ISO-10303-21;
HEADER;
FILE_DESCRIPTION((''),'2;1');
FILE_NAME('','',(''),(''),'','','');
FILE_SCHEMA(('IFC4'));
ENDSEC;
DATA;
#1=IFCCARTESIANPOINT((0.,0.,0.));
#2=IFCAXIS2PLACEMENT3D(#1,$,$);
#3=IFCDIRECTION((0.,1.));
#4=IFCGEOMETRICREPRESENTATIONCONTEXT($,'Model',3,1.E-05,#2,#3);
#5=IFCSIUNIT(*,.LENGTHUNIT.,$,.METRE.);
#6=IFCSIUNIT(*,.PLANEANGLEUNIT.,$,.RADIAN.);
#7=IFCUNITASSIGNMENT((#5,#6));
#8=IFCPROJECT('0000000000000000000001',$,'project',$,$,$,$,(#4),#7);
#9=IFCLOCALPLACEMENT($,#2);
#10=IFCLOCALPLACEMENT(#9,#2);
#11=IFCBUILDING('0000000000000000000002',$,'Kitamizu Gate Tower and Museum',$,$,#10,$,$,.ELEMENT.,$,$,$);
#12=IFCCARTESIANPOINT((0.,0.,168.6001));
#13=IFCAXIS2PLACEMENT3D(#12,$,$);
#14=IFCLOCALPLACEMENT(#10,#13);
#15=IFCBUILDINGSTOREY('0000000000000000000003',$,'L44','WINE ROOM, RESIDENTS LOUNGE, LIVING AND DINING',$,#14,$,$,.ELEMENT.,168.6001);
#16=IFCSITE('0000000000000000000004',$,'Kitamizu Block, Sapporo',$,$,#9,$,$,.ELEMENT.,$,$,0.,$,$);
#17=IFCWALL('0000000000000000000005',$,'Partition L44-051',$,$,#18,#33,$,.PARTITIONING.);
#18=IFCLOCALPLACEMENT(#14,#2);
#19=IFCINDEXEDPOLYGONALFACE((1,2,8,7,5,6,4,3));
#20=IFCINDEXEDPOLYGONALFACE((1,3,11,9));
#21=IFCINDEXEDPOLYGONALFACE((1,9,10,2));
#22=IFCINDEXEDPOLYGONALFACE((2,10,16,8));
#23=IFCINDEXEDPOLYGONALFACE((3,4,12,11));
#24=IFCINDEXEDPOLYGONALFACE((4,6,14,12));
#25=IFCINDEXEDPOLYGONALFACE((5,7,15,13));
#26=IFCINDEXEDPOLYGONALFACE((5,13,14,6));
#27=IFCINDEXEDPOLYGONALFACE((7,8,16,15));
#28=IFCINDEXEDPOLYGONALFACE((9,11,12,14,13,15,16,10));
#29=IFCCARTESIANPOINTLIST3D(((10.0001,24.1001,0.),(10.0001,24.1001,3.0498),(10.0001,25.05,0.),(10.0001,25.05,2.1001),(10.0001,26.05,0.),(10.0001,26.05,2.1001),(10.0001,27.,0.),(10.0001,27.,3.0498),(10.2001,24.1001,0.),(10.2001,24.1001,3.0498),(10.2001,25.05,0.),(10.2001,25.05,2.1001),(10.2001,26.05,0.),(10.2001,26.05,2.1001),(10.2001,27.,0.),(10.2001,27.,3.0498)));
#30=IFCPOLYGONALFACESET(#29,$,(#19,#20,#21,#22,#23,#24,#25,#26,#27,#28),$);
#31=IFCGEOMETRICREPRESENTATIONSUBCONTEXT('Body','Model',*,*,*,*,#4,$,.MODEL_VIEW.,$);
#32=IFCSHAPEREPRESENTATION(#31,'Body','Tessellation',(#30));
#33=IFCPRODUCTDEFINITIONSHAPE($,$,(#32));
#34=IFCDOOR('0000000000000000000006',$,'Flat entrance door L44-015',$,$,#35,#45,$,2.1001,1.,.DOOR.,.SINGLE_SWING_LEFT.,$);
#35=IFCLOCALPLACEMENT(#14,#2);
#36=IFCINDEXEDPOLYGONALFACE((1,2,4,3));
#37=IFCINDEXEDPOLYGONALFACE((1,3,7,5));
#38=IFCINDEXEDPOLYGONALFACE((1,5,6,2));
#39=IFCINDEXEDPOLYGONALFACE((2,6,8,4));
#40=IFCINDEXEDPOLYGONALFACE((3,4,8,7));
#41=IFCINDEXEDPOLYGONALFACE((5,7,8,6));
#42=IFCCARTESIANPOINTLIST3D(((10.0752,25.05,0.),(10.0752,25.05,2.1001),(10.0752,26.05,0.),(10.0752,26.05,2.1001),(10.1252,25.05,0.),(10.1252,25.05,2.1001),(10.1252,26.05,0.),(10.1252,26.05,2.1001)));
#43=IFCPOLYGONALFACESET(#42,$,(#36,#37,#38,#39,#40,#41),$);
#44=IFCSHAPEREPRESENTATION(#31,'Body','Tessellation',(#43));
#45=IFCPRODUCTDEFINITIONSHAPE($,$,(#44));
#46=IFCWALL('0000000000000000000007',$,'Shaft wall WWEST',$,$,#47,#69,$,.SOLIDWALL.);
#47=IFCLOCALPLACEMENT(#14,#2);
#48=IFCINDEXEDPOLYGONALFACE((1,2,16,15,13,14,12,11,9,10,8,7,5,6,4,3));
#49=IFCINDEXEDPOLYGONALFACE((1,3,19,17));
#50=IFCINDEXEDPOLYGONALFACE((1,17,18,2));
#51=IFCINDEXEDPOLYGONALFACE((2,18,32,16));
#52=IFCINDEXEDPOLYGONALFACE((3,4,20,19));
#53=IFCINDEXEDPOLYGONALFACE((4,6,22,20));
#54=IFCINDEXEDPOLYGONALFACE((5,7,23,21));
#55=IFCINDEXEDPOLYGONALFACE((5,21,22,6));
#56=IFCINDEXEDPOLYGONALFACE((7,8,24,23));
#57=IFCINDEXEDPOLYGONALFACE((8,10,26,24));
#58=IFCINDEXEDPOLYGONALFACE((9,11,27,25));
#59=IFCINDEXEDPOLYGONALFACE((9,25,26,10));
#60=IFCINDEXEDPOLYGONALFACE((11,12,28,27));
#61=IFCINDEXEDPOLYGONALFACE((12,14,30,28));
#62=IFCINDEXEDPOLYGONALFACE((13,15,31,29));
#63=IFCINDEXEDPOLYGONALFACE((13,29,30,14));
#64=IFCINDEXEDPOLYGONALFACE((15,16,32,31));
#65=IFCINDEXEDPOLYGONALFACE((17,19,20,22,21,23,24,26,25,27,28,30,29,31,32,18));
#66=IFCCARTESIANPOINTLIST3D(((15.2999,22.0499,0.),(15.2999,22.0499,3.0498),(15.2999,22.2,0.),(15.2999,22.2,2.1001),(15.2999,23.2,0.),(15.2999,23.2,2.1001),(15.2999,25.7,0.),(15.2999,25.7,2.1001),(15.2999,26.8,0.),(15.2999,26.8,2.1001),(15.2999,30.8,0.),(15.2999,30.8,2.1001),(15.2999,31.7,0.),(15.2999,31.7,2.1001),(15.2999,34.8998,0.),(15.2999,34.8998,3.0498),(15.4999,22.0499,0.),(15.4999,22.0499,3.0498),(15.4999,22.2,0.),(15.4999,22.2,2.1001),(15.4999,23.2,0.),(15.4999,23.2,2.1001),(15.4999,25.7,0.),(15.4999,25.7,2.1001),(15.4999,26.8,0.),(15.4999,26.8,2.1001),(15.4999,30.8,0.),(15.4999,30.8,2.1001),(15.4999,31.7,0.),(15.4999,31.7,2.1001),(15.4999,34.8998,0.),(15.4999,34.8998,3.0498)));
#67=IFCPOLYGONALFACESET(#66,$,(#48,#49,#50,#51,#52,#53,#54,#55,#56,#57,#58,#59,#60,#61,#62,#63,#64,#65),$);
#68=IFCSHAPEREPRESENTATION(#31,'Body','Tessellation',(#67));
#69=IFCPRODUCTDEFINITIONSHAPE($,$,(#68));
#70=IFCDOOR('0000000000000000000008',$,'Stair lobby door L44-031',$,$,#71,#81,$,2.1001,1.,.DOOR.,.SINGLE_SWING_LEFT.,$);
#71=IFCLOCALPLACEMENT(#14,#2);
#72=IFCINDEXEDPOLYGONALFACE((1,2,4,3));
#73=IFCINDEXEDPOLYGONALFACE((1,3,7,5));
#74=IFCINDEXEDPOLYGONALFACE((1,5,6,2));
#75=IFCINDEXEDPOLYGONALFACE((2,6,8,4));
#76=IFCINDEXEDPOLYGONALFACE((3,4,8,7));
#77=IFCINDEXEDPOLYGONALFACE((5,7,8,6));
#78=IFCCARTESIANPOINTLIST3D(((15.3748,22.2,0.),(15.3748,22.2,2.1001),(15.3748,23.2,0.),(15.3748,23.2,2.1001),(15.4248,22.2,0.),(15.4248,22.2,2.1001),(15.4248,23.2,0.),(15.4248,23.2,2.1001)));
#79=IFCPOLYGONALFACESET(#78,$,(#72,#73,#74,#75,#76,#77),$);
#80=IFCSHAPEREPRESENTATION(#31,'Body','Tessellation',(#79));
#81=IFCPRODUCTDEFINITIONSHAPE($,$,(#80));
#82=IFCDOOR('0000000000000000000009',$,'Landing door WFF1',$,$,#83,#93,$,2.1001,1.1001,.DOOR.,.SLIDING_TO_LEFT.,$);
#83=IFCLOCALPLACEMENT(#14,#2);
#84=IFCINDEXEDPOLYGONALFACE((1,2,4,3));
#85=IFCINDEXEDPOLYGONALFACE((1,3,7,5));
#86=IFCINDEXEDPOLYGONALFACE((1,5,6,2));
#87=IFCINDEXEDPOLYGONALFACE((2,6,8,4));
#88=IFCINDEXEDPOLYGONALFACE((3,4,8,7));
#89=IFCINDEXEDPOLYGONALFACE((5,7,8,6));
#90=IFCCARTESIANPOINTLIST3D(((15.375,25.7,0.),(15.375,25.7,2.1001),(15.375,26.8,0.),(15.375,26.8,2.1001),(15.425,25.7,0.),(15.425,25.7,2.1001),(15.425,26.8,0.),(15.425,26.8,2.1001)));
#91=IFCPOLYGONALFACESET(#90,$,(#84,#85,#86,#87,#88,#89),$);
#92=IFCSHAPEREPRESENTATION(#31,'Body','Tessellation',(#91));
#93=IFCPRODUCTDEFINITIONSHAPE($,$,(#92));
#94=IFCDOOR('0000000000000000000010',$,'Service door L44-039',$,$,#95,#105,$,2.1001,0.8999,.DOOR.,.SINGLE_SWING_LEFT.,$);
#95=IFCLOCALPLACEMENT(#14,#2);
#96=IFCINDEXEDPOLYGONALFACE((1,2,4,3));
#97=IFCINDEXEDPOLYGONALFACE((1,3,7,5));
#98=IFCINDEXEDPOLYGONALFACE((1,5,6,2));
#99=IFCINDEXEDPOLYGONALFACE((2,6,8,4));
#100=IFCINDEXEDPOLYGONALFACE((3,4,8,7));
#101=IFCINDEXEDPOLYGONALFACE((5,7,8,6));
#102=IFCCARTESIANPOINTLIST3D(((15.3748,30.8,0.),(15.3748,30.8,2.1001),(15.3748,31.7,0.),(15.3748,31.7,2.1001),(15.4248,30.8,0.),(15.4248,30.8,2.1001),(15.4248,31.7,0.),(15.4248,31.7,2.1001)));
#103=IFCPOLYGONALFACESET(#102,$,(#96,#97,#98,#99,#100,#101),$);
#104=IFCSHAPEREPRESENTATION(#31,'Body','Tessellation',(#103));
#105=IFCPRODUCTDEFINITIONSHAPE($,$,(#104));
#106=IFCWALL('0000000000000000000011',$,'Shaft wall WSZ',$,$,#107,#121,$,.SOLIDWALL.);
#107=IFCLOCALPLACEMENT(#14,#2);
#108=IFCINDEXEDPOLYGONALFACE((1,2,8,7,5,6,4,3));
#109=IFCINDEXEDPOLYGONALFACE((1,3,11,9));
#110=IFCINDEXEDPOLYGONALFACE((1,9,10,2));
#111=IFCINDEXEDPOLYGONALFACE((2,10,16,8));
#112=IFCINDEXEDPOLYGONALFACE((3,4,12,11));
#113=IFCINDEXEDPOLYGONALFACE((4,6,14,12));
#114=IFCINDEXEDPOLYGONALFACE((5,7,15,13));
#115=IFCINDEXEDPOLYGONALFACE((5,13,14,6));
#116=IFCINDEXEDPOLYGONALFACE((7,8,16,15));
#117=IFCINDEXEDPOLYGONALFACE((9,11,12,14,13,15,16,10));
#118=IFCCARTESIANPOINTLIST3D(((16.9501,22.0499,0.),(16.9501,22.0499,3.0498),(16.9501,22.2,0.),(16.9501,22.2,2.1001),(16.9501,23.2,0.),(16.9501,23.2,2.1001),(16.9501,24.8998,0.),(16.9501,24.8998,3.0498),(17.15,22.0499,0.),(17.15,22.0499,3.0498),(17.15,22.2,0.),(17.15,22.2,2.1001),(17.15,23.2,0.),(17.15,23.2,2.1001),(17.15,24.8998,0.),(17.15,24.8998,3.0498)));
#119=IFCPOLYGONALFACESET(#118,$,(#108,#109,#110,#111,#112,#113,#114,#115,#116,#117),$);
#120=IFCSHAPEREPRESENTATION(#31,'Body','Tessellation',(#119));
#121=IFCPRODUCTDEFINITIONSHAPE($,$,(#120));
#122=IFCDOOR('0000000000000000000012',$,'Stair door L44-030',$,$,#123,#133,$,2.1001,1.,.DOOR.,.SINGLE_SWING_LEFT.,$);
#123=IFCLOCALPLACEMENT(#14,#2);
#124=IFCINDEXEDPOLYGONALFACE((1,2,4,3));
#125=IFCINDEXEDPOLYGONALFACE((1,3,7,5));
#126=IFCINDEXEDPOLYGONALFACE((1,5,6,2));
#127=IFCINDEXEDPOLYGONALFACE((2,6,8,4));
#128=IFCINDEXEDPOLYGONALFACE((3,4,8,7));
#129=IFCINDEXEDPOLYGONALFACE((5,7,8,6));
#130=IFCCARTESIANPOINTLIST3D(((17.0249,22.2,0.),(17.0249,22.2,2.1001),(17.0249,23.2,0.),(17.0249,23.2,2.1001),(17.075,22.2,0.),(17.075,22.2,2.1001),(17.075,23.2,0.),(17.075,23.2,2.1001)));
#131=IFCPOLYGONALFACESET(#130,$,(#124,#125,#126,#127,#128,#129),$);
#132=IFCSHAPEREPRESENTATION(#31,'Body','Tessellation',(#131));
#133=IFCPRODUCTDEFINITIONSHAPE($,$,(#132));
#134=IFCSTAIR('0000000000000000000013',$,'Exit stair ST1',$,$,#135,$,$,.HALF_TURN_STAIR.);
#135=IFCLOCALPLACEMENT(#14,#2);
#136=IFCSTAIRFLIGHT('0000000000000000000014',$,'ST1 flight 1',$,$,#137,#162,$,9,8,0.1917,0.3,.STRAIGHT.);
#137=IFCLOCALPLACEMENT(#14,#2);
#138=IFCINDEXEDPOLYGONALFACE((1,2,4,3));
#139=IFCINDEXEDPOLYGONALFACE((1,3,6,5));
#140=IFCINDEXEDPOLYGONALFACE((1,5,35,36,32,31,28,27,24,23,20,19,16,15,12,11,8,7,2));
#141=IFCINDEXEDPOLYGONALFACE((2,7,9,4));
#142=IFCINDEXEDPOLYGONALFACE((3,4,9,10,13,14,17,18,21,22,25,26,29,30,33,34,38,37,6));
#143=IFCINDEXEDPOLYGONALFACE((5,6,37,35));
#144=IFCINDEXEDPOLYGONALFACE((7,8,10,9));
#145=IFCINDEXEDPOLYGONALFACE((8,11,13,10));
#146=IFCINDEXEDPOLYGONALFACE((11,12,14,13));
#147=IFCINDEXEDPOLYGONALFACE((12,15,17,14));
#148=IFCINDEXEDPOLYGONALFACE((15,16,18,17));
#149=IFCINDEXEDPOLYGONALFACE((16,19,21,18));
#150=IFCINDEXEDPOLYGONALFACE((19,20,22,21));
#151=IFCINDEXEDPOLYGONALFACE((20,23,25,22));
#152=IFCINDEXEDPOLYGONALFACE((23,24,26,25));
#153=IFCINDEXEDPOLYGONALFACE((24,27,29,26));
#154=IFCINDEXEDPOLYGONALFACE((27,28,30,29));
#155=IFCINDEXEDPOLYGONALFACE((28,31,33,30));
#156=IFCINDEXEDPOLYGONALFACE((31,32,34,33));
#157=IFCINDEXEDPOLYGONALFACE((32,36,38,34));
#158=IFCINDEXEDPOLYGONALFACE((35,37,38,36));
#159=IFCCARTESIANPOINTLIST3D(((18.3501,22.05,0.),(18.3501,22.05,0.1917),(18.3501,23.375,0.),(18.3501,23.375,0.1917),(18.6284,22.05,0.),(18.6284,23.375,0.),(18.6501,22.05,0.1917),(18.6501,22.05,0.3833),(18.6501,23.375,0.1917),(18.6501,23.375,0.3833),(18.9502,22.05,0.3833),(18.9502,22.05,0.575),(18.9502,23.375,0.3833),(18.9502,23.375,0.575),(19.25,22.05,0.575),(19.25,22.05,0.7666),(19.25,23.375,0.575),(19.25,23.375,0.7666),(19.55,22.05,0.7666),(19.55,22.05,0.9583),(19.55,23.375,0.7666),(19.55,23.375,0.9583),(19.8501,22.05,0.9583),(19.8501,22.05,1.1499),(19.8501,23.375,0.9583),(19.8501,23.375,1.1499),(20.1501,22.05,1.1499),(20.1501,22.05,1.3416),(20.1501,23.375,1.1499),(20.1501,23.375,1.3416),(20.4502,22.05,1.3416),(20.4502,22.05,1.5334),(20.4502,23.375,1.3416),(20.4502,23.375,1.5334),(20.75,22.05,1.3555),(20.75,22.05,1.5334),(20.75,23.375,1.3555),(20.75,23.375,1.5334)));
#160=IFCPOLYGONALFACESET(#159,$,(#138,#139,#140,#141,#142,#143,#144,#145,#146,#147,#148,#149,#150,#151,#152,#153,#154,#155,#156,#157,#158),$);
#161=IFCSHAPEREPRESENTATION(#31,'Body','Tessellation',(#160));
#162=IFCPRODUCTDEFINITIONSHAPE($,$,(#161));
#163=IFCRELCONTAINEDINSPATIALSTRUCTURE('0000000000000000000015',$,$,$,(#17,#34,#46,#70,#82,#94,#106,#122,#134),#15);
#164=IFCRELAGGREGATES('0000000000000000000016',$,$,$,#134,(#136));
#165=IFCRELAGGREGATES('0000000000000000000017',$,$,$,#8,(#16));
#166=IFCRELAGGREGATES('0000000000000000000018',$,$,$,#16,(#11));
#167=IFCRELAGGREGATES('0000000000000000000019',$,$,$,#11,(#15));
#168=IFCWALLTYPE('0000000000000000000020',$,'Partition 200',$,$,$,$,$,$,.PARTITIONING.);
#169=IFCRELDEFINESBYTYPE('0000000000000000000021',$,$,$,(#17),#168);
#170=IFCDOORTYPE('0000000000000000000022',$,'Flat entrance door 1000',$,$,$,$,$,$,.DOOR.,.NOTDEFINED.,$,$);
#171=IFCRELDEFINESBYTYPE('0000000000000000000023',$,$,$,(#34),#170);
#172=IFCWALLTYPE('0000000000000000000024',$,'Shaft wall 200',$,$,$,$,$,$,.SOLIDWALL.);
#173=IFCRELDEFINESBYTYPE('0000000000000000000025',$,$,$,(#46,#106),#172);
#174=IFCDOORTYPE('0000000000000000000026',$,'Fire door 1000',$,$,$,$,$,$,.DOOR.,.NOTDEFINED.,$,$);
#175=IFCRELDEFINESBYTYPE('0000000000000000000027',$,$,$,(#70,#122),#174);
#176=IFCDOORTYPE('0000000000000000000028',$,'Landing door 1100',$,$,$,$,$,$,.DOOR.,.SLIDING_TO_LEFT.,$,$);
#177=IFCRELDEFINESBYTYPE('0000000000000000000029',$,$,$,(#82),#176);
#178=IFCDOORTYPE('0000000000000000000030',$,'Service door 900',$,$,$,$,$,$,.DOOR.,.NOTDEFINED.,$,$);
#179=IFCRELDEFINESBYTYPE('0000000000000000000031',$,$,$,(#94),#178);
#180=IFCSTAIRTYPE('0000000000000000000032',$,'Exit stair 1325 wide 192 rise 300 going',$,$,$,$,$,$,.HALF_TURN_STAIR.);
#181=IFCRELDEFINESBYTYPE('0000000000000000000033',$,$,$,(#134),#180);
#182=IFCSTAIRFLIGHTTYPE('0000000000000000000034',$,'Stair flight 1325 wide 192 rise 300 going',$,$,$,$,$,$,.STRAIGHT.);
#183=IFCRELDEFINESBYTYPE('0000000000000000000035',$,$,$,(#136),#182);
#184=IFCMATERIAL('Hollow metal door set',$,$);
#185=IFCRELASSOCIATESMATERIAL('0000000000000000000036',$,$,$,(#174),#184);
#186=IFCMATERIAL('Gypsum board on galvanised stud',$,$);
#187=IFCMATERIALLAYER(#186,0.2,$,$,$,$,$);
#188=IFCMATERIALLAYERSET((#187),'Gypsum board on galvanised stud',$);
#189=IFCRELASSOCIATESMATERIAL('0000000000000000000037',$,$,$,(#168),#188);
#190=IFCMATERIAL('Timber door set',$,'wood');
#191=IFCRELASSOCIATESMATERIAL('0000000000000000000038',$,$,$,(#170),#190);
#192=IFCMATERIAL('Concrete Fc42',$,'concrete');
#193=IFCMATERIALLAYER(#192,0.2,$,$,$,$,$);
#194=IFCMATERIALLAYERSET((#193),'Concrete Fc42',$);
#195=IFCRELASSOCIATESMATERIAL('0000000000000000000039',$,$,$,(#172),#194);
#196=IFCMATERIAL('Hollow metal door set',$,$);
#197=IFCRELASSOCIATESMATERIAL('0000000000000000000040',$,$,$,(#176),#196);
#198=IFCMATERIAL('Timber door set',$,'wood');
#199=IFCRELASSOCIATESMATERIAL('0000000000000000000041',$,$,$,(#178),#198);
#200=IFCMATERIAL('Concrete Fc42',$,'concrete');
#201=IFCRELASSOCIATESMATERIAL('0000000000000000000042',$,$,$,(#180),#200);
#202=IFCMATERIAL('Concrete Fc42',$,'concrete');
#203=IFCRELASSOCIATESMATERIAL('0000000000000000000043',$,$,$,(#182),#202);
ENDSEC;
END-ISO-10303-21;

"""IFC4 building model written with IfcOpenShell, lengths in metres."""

from ifc_helpers import new_model, si_unit, direction, frame, frame_2d, origin, place, context, subcontext, project, spatial, polyline, rectangle, outline, extrude, material, layer, layer_set, type_object, element, fill, aggregate, save


model = new_model("IFC4")

# Units and contexts
model_context = context("Model", 3, precision=1e-05, world=origin(), true_north=direction((0.0, 1.0)))
body_context = subcontext(model_context, "Body", "Model", "MODEL_VIEW")
ifc_project = project(units=[si_unit("LENGTHUNIT", "METRE"), si_unit("PLANEANGLEUNIT", "RADIAN")], contexts=[model_context])

# Site, building, storey
site_placement = place(None, origin())
site = spatial("IfcSite", under=ifc_project, at=site_placement, Name="Kitamizu Block, Sapporo", CompositionType="ELEMENT", RefElevation=0.0)
building_placement = place(site_placement, origin())
building = spatial("IfcBuilding", under=site, at=building_placement, Name="Kitamizu Gate Tower and Museum", CompositionType="ELEMENT")
storey_placement = place(building_placement, frame((0.0, 0.0, 168.6001)))
storey = spatial("IfcBuildingStorey", under=building, at=storey_placement, Name="L44", Description="WINE ROOM, RESIDENTS LOUNGE, LIVING AND DINING", CompositionType="ELEMENT", Elevation=168.6001)

# Shared definitions
ifc_material_1 = material(Name="Hollow metal door set")
door_type_1 = type_object("IfcDoorType", Name="Fire door 1000", OperationType="NOTDEFINED", PredefinedType="DOOR", material=ifc_material_1)

# Shared definitions
ifc_material_2 = material(Name="Gypsum board on galvanised stud")
ifc_layer_1 = layer(ifc_material_2, 0.2)
ifc_layer_set_1 = layer_set([ifc_layer_1], Name="Gypsum board on galvanised stud")
wall_type_1 = type_object("IfcWallType", Name="Partition 200", PredefinedType="PARTITIONING", material=ifc_layer_set_1)

# Wall, opening, door
wall_1_placement = place(storey_placement, frame((10.1001, 24.1001, 0.0), z_axis=(0.0, 0.0, 1.0), x_axis=(0.0, 1.0, 0.0)))
wall_1 = element("IfcWall", 1, at=wall_1_placement, inside=storey, type_object=wall_type_1, Name="Partition L44-051", PredefinedType="PARTITIONING", context=body_context, shape_type="SweptSolid", body=[
    extrude(rectangle(XDim=2.8999, YDim=0.2, at=frame_2d((1.45, 0.0))), origin(), (0.0, 0.0, 1.0), 3.0498),
])
opening_1_placement = place(wall_1_placement, frame((0.95, 0.0, 0.0)))
opening_1 = element("IfcOpeningElement", 2, at=opening_1_placement, cuts=wall_1, PredefinedType="OPENING", context=body_context, shape_type="SweptSolid", body=[
    extrude(rectangle(XDim=1.0, YDim=2.1001, at=frame_2d((0.5, 1.05))), frame((0.0, 0.1099, 0.0), z_axis=(0.0, -1.0, 0.0), x_axis=(1.0, 0.0, 0.0)), (0.0, 0.0, 1.0), 0.22),
])
ifc_material_3 = material(Name="Timber door set", Category="wood")
door_type_2 = type_object("IfcDoorType", Name="Flat entrance door 1000", OperationType="NOTDEFINED", PredefinedType="DOOR", material=ifc_material_3)
door_1_placement = place(opening_1_placement, origin())
door_1 = element("IfcDoor", 3, at=door_1_placement, inside=storey, type_object=door_type_2, Name="Flat entrance door L44-015", OperationType="SINGLE_SWING_LEFT", OverallHeight=2.1001, OverallWidth=1.0, PredefinedType="DOOR", context=body_context, shape_type="SweptSolid", body=[
    extrude(rectangle(XDim=1.0, YDim=2.1001, at=frame_2d((0.5, 1.05))), frame((0.0, 0.0249, 0.0), z_axis=(0.0, -1.0, 0.0), x_axis=(1.0, 0.0, 0.0)), (0.0, 0.0, 1.0), 0.05),
])
fill(opening_1, door_1)

# Wall, openings, doors
ifc_material_4 = material(Name="Concrete Fc42", Category="concrete")
ifc_layer_2 = layer(ifc_material_4, 0.2)
ifc_layer_set_2 = layer_set([ifc_layer_2], Name="Concrete Fc42")
wall_type_2 = type_object("IfcWallType", Name="Shaft wall 200", PredefinedType="SOLIDWALL", material=ifc_layer_set_2)
wall_2_placement = place(storey_placement, frame((15.3999, 22.05, 0.0), z_axis=(0.0, 0.0, 1.0), x_axis=(0.0, 1.0, 0.0)))
wall_2 = element("IfcWall", 4, at=wall_2_placement, inside=storey, type_object=wall_type_2, Name="Shaft wall WWEST", PredefinedType="SOLIDWALL", context=body_context, shape_type="SweptSolid", body=[
    extrude(rectangle(XDim=12.8499, YDim=0.2, at=frame_2d((6.4248, 0.0))), origin(), (0.0, 0.0, 1.0), 3.0498),
])
opening_2_placement = place(wall_2_placement, frame((3.6499, 0.0, 0.0)))
opening_2 = element("IfcOpeningElement", 5, at=opening_2_placement, cuts=wall_2, PredefinedType="OPENING", context=body_context, shape_type="SweptSolid", body=[
    extrude(rectangle(XDim=1.1001, YDim=2.1001, at=frame_2d((0.55, 1.05))), frame((0.0, 0.1099, 0.0), z_axis=(0.0, -1.0, 0.0), x_axis=(1.0, 0.0, 0.0)), (0.0, 0.0, 1.0), 0.22),
])
opening_3_placement = place(wall_2_placement, frame((0.1499, 0.0, 0.0)))
opening_3 = element("IfcOpeningElement", 6, at=opening_3_placement, cuts=wall_2, PredefinedType="OPENING", context=body_context, shape_type="SweptSolid", body=[
    extrude(rectangle(XDim=1.0, YDim=2.1001, at=frame_2d((0.5, 1.05))), frame((0.0, 0.1099, 0.0), z_axis=(0.0, -1.0, 0.0), x_axis=(1.0, 0.0, 0.0)), (0.0, 0.0, 1.0), 0.22),
])
opening_4_placement = place(wall_2_placement, frame((8.75, 0.0, 0.0)))
opening_4 = element("IfcOpeningElement", 7, at=opening_4_placement, cuts=wall_2, PredefinedType="OPENING", context=body_context, shape_type="SweptSolid", body=[
    extrude(rectangle(XDim=0.8999, YDim=2.1001, at=frame_2d((0.45, 1.05))), frame((0.0, 0.1099, 0.0), z_axis=(0.0, -1.0, 0.0), x_axis=(1.0, 0.0, 0.0)), (0.0, 0.0, 1.0), 0.22),
])
door_2_placement = place(opening_3_placement, frame((1.0, 0.0, 0.0), x_axis=(-1.0, 0.0, 0.0)))
door_2 = element("IfcDoor", 8, at=door_2_placement, inside=storey, type_object=door_type_1, Name="Stair lobby door L44-031", OperationType="SINGLE_SWING_LEFT", OverallHeight=2.1001, OverallWidth=1.0, PredefinedType="DOOR", context=body_context, shape_type="SweptSolid", body=[
    extrude(rectangle(XDim=1.0, YDim=2.1001, at=frame_2d((0.5, 1.05))), frame((0.0, 0.0249, 0.0), z_axis=(0.0, -1.0, 0.0), x_axis=(1.0, 0.0, 0.0)), (0.0, 0.0, 1.0), 0.05),
])
fill(opening_3, door_2)
ifc_material_5 = material(Name="Hollow metal door set")
door_type_3 = type_object("IfcDoorType", Name="Landing door 1100", OperationType="SLIDING_TO_LEFT", PredefinedType="DOOR", material=ifc_material_5)
door_3_placement = place(opening_2_placement, origin())
door_3 = element("IfcDoor", 9, at=door_3_placement, inside=storey, type_object=door_type_3, Name="Landing door WFF1", OperationType="SLIDING_TO_LEFT", OverallHeight=2.1001, OverallWidth=1.1001, PredefinedType="DOOR", context=body_context, shape_type="SweptSolid", body=[
    extrude(rectangle(XDim=1.1001, YDim=2.1001, at=frame_2d((0.55, 1.05))), frame((0.0, 0.0249, 0.0), z_axis=(0.0, -1.0, 0.0), x_axis=(1.0, 0.0, 0.0)), (0.0, 0.0, 1.0), 0.05),
])
fill(opening_2, door_3)
ifc_material_6 = material(Name="Timber door set", Category="wood")
door_type_4 = type_object("IfcDoorType", Name="Service door 900", OperationType="NOTDEFINED", PredefinedType="DOOR", material=ifc_material_6)
door_4_placement = place(opening_4_placement, frame((0.8999, 0.0, 0.0), x_axis=(-1.0, 0.0, 0.0)))
door_4 = element("IfcDoor", 10, at=door_4_placement, inside=storey, type_object=door_type_4, Name="Service door L44-039", OperationType="SINGLE_SWING_LEFT", OverallHeight=2.1001, OverallWidth=0.8999, PredefinedType="DOOR", context=body_context, shape_type="SweptSolid", body=[
    extrude(rectangle(XDim=0.8999, YDim=2.1001, at=frame_2d((0.45, 1.05))), frame((0.0, 0.0249, 0.0), z_axis=(0.0, -1.0, 0.0), x_axis=(1.0, 0.0, 0.0)), (0.0, 0.0, 1.0), 0.05),
])
fill(opening_4, door_4)

# Wall, opening, door
wall_3_placement = place(storey_placement, frame((17.05, 22.05, 0.0), z_axis=(0.0, 0.0, 1.0), x_axis=(0.0, 1.0, 0.0)))
wall_3 = element("IfcWall", 11, at=wall_3_placement, inside=storey, type_object=wall_type_2, Name="Shaft wall WSZ", PredefinedType="SOLIDWALL", context=body_context, shape_type="SweptSolid", body=[
    extrude(rectangle(XDim=2.8499, YDim=0.2, at=frame_2d((1.4248, 0.0))), origin(), (0.0, 0.0, 1.0), 3.0498),
])
opening_5_placement = place(wall_3_placement, frame((0.1499, 0.0, 0.0)))
opening_5 = element("IfcOpeningElement", 12, at=opening_5_placement, cuts=wall_3, PredefinedType="OPENING", context=body_context, shape_type="SweptSolid", body=[
    extrude(rectangle(XDim=1.0, YDim=2.1001, at=frame_2d((0.5, 1.05))), frame((0.0, 0.1099, 0.0), z_axis=(0.0, -1.0, 0.0), x_axis=(1.0, 0.0, 0.0)), (0.0, 0.0, 1.0), 0.22),
])
door_5_placement = place(opening_5_placement, frame((1.0, 0.0, 0.0), x_axis=(-1.0, 0.0, 0.0)))
door_5 = element("IfcDoor", 13, at=door_5_placement, inside=storey, type_object=door_type_1, Name="Stair door L44-030", OperationType="SINGLE_SWING_LEFT", OverallHeight=2.1001, OverallWidth=1.0, PredefinedType="DOOR", context=body_context, shape_type="SweptSolid", body=[
    extrude(rectangle(XDim=1.0, YDim=2.1001, at=frame_2d((0.5, 1.05))), frame((0.0, 0.0249, 0.0), z_axis=(0.0, -1.0, 0.0), x_axis=(1.0, 0.0, 0.0)), (0.0, 0.0, 1.0), 0.05),
])
fill(opening_5, door_5)

# Stair, stair flight
ifc_material_7 = material(Name="Concrete Fc42", Category="concrete")
stair_type = type_object("IfcStairType", Name="Exit stair 1325 wide 192 rise 300 going", PredefinedType="HALF_TURN_STAIR", material=ifc_material_7)
stair_placement = place(storey_placement, origin())
stair = element("IfcStair", 14, at=stair_placement, inside=storey, type_object=stair_type, Name="Exit stair ST1", PredefinedType="HALF_TURN_STAIR")
ifc_material_8 = material(Name="Concrete Fc42", Category="concrete")
stair_flight_type = type_object("IfcStairFlightType", Name="Stair flight 1325 wide 192 rise 300 going", PredefinedType="STRAIGHT", material=ifc_material_8)
stair_flight_1_placement = place(storey_placement, frame((18.3501, 22.7124, 0.0), z_axis=(0.0, 0.0, 1.0), x_axis=(1.0, 0.0, 0.0)))
stair_flight_1 = element("IfcStairFlight", 15, at=stair_flight_1_placement, type_object=stair_flight_type, Name="ST1 flight 1", NumberOfRisers=9, NumberOfTreads=8, PredefinedType="STRAIGHT", RiserHeight=0.1917, TreadLength=0.3, context=body_context, shape_type="SweptSolid", body=[
    extrude(outline(polyline([(0.0, 0.0), (0.0, 0.1917), (0.3, 0.1917), (0.3, 0.3833), (0.6001, 0.3833), (0.6001, 0.575), (0.8999, 0.575), (0.8999, 0.7666), (1.2, 0.7666), (1.2, 0.9583), (1.5, 0.9583), (1.5, 1.1499), (1.8, 1.1499), (1.8, 1.3416), (2.1001, 1.3416), (2.1001, 1.5334), (2.3999, 1.5334), (2.3999, 1.7251), (2.3999, 1.3555), (0.2783, 0.0), (0.0, 0.0)])), frame((0.0, 0.6626, 0.0), z_axis=(0.0, -1.0, 0.0), x_axis=(1.0, 0.0, 0.0)), (0.0, 0.0, 1.0), 1.325),
])
aggregate(stair, [stair_flight_1])

save(model, "model.ifc")
